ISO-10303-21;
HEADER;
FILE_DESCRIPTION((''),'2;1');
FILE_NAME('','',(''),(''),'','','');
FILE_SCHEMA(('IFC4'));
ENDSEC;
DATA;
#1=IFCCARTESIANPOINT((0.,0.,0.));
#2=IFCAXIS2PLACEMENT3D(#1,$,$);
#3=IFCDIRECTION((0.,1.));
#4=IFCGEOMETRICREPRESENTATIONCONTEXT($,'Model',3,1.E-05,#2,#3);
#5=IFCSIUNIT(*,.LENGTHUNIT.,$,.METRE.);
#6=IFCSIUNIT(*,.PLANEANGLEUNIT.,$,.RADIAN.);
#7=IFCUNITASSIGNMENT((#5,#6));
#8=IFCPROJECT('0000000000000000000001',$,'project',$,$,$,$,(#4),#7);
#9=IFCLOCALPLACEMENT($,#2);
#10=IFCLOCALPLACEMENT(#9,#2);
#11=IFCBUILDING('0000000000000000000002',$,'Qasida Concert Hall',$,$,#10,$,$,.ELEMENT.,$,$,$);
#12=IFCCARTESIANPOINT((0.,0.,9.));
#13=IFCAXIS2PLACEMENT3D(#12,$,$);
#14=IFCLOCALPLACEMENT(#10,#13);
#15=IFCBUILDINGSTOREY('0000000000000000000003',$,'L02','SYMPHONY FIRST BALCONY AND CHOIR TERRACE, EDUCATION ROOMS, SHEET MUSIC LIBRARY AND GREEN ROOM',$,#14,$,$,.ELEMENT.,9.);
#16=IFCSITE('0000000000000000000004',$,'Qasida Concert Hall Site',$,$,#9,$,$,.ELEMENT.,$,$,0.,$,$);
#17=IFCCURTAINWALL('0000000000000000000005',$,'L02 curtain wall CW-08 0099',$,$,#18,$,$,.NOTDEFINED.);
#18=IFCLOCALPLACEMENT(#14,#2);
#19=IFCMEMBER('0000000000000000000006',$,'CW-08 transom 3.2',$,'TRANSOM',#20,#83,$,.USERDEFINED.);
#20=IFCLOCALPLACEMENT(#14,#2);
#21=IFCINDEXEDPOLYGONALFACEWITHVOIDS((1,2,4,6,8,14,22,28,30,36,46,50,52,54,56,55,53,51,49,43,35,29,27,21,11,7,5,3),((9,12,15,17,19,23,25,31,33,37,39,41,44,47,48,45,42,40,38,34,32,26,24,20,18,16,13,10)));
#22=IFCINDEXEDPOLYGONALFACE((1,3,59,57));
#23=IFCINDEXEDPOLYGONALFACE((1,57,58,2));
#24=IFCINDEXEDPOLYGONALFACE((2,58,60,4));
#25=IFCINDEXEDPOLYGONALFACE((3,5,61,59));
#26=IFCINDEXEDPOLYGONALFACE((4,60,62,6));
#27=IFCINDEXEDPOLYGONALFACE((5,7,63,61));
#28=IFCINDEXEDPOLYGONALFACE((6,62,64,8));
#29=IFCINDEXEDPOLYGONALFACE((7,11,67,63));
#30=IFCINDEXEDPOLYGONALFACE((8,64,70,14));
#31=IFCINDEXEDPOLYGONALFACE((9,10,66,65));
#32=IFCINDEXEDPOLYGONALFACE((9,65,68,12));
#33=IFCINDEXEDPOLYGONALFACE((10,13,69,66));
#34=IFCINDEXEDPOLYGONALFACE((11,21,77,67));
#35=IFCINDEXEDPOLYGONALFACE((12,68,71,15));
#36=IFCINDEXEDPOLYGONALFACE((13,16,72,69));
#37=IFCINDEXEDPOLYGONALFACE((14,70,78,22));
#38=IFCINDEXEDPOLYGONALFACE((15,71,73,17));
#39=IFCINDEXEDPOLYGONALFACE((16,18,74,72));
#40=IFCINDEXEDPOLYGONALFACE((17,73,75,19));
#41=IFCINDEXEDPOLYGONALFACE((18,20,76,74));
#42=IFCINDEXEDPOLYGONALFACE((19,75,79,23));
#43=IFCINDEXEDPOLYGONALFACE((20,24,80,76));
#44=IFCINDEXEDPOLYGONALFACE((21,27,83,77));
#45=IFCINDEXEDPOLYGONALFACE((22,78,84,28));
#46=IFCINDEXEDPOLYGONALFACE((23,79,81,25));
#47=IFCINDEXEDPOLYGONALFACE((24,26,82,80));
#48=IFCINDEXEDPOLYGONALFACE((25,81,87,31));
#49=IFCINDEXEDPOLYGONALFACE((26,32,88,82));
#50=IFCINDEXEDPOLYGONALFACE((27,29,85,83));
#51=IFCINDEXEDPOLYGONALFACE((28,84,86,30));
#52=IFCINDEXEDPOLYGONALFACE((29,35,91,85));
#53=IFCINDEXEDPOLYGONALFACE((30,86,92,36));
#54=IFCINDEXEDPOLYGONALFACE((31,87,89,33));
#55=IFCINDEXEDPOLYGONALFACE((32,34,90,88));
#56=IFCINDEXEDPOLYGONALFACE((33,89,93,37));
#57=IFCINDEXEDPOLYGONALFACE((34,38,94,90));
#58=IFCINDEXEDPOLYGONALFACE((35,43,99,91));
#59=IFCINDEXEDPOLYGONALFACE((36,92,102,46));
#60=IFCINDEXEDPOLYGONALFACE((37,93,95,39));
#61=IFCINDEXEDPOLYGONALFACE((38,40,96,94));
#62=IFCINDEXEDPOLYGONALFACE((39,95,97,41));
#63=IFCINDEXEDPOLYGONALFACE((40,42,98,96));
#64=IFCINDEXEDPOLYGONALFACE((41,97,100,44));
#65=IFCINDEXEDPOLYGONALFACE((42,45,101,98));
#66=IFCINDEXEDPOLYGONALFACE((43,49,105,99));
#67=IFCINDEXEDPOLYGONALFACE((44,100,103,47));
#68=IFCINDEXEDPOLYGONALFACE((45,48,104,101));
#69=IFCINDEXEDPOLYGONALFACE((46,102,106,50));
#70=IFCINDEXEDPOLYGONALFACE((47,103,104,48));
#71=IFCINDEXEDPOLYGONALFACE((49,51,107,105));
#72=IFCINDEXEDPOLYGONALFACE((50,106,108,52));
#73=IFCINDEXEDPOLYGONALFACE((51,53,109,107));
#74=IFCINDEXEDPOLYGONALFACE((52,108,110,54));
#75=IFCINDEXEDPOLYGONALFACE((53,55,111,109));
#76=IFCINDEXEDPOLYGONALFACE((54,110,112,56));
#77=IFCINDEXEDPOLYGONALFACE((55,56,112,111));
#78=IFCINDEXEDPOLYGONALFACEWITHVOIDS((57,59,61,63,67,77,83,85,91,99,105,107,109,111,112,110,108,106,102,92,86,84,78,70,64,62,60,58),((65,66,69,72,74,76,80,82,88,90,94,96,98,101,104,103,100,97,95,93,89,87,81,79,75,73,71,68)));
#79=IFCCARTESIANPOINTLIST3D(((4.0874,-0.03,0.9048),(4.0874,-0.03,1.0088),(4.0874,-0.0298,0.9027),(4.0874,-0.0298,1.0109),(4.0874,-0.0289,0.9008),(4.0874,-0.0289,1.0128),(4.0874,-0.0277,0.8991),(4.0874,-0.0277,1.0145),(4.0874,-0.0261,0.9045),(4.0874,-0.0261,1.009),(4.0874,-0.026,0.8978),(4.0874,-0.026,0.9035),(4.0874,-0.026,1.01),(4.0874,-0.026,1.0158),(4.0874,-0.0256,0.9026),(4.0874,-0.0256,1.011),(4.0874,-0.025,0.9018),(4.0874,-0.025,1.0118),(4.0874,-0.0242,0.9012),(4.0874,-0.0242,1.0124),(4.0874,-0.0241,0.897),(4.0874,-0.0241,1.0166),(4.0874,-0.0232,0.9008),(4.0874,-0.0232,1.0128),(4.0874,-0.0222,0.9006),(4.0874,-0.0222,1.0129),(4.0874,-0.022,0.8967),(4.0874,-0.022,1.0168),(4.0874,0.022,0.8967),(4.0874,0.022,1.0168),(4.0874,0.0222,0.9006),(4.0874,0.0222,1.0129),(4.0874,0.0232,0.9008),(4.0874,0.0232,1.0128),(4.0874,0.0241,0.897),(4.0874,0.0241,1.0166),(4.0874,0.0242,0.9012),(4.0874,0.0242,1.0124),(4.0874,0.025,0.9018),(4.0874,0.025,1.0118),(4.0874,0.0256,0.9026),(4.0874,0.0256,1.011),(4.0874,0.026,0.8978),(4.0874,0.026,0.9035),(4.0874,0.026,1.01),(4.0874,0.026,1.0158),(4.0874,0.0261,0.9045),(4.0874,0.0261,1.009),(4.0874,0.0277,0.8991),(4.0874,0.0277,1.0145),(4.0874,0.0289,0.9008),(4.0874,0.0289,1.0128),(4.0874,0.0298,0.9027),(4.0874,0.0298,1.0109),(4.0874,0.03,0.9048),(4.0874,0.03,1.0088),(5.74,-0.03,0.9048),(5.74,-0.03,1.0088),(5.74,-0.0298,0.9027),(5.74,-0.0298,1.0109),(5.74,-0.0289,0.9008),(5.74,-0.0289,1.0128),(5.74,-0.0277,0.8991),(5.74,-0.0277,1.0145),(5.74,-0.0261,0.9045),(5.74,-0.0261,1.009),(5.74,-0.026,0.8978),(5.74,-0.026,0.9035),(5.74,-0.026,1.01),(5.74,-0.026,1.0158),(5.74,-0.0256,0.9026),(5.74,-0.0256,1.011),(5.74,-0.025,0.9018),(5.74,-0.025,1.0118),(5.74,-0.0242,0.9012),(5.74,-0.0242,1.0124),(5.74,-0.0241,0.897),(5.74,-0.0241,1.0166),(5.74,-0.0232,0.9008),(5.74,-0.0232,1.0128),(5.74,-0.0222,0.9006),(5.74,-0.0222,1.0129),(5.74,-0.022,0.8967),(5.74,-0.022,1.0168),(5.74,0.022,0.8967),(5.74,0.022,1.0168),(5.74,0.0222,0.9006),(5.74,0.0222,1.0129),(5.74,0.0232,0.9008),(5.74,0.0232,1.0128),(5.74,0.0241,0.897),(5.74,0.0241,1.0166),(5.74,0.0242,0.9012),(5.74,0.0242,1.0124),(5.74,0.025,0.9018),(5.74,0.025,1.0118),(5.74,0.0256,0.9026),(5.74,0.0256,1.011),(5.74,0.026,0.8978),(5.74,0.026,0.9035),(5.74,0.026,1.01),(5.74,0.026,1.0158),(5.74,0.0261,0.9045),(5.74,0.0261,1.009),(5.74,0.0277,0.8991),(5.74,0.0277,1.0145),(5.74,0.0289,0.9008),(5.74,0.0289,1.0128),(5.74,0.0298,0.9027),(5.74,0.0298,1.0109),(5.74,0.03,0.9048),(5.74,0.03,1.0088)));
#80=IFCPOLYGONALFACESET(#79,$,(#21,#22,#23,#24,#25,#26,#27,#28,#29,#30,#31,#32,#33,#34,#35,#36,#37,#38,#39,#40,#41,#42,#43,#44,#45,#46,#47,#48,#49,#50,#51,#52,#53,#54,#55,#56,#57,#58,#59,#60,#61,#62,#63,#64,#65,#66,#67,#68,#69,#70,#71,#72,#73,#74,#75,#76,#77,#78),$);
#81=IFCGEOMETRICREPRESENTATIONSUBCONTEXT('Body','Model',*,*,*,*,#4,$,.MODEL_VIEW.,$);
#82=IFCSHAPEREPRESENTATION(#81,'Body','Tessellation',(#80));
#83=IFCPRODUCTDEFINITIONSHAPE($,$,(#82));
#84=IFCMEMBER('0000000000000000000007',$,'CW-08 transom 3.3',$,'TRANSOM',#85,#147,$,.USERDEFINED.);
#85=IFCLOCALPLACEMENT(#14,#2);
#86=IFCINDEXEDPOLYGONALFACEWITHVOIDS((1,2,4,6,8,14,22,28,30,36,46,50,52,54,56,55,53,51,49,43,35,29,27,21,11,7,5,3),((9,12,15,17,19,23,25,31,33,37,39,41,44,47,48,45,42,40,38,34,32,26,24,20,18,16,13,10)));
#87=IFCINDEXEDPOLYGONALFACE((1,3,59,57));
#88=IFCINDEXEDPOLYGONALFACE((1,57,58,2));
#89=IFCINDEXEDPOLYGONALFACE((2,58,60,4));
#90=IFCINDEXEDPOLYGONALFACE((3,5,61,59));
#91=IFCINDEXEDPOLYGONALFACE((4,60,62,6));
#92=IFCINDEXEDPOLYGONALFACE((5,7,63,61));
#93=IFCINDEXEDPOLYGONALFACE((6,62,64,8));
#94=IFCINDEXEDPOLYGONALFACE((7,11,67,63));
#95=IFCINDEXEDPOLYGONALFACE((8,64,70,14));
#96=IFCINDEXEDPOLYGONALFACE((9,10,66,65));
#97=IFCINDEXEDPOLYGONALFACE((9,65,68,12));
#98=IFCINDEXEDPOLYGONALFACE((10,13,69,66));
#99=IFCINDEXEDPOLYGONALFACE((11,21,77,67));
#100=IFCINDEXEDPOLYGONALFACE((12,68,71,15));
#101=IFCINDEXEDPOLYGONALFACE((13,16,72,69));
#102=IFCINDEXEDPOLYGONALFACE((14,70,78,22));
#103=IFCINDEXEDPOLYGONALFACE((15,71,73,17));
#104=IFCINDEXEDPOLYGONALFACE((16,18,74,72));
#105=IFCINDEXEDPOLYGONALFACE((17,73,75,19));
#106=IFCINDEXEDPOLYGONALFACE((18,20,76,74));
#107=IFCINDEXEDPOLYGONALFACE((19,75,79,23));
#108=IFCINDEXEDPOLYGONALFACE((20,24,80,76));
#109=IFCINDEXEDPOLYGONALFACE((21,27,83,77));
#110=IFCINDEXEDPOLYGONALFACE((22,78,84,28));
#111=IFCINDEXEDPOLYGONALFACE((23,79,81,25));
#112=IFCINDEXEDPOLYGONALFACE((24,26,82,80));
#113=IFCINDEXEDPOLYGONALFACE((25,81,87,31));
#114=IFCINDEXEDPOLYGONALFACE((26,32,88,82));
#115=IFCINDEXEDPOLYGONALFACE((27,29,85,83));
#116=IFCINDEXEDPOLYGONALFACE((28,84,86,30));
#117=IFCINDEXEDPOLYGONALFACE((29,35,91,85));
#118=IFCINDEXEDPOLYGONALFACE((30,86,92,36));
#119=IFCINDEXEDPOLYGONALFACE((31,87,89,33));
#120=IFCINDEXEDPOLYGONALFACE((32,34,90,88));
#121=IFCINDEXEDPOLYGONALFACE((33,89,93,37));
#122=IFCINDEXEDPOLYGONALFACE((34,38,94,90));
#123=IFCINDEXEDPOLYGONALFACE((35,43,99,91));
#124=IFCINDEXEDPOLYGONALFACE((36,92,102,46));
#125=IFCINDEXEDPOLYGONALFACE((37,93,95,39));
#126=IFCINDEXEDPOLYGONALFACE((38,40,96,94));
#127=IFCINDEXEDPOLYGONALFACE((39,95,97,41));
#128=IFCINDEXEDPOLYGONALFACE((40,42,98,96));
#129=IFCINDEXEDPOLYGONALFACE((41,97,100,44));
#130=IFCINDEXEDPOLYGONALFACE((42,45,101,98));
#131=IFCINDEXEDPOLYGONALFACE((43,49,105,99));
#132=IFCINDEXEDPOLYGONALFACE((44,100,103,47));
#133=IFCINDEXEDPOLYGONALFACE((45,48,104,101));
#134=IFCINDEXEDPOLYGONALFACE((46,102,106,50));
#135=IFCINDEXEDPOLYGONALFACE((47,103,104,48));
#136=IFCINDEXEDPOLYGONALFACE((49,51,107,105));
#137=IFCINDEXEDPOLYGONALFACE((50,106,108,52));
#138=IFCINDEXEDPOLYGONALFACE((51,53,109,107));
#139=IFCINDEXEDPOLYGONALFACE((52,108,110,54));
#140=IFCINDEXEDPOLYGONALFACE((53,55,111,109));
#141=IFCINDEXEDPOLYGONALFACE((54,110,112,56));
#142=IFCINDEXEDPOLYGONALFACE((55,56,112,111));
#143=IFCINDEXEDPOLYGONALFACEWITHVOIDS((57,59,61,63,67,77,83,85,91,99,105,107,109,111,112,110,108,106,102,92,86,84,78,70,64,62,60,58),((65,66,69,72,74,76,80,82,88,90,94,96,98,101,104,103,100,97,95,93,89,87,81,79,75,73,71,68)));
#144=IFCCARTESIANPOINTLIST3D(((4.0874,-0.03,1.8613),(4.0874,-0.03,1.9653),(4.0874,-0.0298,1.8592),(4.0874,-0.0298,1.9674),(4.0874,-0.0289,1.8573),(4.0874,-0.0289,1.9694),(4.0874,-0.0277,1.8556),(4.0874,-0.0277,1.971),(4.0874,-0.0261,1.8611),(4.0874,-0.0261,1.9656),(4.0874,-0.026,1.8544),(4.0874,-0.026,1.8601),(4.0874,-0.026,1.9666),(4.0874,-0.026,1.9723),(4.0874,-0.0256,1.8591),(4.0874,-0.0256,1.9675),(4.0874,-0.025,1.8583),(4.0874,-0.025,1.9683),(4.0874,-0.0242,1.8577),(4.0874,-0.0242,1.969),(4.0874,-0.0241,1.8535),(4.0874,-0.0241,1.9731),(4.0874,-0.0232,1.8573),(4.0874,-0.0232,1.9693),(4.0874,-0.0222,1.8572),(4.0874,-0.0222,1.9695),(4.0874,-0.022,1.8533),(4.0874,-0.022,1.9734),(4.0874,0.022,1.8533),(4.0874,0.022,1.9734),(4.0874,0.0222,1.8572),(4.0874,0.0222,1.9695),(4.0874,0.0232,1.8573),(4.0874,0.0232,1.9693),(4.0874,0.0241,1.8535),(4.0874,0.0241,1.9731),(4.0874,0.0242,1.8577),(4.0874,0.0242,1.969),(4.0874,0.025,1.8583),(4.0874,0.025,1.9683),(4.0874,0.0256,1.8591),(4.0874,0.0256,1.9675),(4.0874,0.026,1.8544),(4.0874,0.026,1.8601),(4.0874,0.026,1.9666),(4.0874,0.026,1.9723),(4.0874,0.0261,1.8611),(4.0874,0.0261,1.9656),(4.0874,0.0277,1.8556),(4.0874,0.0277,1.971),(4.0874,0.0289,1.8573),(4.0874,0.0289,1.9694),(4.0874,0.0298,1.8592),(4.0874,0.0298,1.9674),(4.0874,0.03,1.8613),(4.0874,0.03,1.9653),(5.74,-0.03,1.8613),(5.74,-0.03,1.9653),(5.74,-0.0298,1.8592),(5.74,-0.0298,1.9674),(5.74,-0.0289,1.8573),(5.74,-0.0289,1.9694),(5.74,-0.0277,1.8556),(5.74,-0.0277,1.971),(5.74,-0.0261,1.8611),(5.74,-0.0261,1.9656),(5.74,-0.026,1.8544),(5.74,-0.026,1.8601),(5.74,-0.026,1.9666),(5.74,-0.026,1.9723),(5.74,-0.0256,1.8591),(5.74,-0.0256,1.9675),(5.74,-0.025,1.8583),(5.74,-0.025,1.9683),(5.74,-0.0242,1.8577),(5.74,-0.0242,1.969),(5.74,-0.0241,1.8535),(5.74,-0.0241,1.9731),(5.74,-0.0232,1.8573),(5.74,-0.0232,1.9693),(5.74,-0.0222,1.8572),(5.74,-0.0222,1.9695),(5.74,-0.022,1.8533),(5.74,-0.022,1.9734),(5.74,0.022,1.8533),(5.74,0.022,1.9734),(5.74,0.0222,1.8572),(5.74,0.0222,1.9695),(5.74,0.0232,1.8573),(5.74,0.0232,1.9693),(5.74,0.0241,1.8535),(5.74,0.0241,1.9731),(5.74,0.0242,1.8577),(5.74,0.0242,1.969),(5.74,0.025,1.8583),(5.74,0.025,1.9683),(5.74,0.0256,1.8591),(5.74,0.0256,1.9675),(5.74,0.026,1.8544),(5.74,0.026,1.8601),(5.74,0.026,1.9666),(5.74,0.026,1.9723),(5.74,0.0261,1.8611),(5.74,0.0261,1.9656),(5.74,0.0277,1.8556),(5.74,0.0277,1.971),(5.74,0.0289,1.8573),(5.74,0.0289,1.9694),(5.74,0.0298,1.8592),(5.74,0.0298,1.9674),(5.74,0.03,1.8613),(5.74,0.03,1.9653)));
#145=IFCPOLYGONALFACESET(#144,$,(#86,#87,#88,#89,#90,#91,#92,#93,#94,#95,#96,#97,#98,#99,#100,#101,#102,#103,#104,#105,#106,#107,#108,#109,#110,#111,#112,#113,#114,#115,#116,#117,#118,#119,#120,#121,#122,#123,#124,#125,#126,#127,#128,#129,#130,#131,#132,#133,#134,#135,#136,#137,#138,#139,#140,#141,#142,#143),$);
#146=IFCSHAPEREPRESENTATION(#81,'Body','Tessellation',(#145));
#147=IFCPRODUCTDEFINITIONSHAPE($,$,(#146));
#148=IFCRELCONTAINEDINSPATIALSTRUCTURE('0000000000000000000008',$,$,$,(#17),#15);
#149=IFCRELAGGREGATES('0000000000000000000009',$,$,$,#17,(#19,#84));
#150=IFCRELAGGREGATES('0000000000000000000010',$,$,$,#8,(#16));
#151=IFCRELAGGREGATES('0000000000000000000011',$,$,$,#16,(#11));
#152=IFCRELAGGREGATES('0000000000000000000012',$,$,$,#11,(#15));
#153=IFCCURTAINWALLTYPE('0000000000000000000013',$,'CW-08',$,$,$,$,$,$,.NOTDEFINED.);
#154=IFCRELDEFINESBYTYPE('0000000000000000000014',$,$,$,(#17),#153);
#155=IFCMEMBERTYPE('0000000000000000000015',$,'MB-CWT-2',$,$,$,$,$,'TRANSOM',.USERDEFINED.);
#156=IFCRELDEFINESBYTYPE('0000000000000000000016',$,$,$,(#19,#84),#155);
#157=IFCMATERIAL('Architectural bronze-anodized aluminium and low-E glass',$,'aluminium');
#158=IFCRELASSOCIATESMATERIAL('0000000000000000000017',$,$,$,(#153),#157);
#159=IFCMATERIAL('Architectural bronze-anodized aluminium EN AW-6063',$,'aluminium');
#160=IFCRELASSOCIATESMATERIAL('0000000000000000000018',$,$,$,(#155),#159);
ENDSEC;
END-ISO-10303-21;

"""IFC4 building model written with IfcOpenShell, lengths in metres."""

from ifc_helpers import new_model, si_unit, direction, frame, origin, origin_2d, place, context, subcontext, project, spatial, hollow_rectangle, extrude, material, material_profile, profile_set, type_object, element, aggregate, save


model = new_model("IFC4")

# Units and contexts
model_context = context("Model", 3, precision=1e-05, world=origin(), true_north=direction((0.0, 1.0)))
body_context = subcontext(model_context, "Body", "Model", "MODEL_VIEW")
ifc_project = project(units=[si_unit("LENGTHUNIT", "METRE"), si_unit("PLANEANGLEUNIT", "RADIAN")], contexts=[model_context])

# Site, building, storey
site_placement = place(None, origin())
site = spatial("IfcSite", under=ifc_project, at=site_placement, Name="Qasida Concert Hall Site", CompositionType="ELEMENT", RefElevation=0.0)
building_placement = place(site_placement, origin())
building = spatial("IfcBuilding", under=site, at=building_placement, Name="Qasida Concert Hall", CompositionType="ELEMENT")
storey_placement = place(building_placement, frame((0.0, 0.0, 9.0)))
storey = spatial("IfcBuildingStorey", under=building, at=storey_placement, Name="L02", Description="SYMPHONY FIRST BALCONY AND CHOIR TERRACE, EDUCATION ROOMS, SHEET MUSIC LIBRARY AND GREEN ROOM", CompositionType="ELEMENT", Elevation=9.0)

# Curtain wall, members
ifc_material_1 = material(Name="Architectural bronze-anodized aluminium and low-E glass", Category="aluminium")
curtain_wall_type = type_object("IfcCurtainWallType", Name="CW-08", PredefinedType="NOTDEFINED", material=ifc_material_1)
curtain_wall_placement = place(storey_placement, origin())
curtain_wall = element("IfcCurtainWall", 1, at=curtain_wall_placement, inside=storey, type_object=curtain_wall_type, Name="L02 curtain wall CW-08 0099", PredefinedType="NOTDEFINED")
ifc_material_2 = material(Name="Architectural bronze-anodized aluminium EN AW-6063", Category="aluminium")
ifc_material_profile_1 = material_profile(ifc_material_2, hollow_rectangle(XDim=0.0601, YDim=0.1201, WallThickness=0.0039, InnerFilletRadius=0.0039, OuterFilletRadius=0.0081, at=origin_2d()), Name="CWT 120x60x4")
ifc_profile_set_1 = profile_set([ifc_material_profile_1], Name="Architectural bronze-anodized aluminium EN AW-6063")
member_type_1 = type_object("IfcMemberType", Name="MB-CWT-2", ElementType="TRANSOM", PredefinedType="USERDEFINED", material=ifc_profile_set_1)
member_1_placement = place(storey_placement, frame((4.0874, 0.0, 0.9568), z_axis=(1.0, 0.0, 0.0), x_axis=(0.0, 1.0, 0.0)))
member_1 = element("IfcMember", 2, at=member_1_placement, type_object=member_type_1, Name="CW-08 transom 3.2", ObjectType="TRANSOM", PredefinedType="USERDEFINED", context=body_context, shape_type="SweptSolid", body=[
    extrude(hollow_rectangle(XDim=0.0601, YDim=0.1201, WallThickness=0.0039, InnerFilletRadius=0.0039, OuterFilletRadius=0.0081, at=origin_2d()), origin(), (0.0, 0.0, 1.0), 1.6526),
])
member_2_placement = place(storey_placement, frame((4.0874, 0.0, 1.9133), z_axis=(1.0, 0.0, 0.0), x_axis=(0.0, 1.0, 0.0)))
member_2 = element("IfcMember", 3, at=member_2_placement, type_object=member_type_1, Name="CW-08 transom 3.3", ObjectType="TRANSOM", PredefinedType="USERDEFINED", context=body_context, shape_type="SweptSolid", body=[
    extrude(hollow_rectangle(XDim=0.0601, YDim=0.1201, WallThickness=0.0039, InnerFilletRadius=0.0039, OuterFilletRadius=0.0081, at=origin_2d()), origin(), (0.0, 0.0, 1.0), 1.6526),
])
aggregate(curtain_wall, [member_1, member_2])

save(model, "model.ifc")
